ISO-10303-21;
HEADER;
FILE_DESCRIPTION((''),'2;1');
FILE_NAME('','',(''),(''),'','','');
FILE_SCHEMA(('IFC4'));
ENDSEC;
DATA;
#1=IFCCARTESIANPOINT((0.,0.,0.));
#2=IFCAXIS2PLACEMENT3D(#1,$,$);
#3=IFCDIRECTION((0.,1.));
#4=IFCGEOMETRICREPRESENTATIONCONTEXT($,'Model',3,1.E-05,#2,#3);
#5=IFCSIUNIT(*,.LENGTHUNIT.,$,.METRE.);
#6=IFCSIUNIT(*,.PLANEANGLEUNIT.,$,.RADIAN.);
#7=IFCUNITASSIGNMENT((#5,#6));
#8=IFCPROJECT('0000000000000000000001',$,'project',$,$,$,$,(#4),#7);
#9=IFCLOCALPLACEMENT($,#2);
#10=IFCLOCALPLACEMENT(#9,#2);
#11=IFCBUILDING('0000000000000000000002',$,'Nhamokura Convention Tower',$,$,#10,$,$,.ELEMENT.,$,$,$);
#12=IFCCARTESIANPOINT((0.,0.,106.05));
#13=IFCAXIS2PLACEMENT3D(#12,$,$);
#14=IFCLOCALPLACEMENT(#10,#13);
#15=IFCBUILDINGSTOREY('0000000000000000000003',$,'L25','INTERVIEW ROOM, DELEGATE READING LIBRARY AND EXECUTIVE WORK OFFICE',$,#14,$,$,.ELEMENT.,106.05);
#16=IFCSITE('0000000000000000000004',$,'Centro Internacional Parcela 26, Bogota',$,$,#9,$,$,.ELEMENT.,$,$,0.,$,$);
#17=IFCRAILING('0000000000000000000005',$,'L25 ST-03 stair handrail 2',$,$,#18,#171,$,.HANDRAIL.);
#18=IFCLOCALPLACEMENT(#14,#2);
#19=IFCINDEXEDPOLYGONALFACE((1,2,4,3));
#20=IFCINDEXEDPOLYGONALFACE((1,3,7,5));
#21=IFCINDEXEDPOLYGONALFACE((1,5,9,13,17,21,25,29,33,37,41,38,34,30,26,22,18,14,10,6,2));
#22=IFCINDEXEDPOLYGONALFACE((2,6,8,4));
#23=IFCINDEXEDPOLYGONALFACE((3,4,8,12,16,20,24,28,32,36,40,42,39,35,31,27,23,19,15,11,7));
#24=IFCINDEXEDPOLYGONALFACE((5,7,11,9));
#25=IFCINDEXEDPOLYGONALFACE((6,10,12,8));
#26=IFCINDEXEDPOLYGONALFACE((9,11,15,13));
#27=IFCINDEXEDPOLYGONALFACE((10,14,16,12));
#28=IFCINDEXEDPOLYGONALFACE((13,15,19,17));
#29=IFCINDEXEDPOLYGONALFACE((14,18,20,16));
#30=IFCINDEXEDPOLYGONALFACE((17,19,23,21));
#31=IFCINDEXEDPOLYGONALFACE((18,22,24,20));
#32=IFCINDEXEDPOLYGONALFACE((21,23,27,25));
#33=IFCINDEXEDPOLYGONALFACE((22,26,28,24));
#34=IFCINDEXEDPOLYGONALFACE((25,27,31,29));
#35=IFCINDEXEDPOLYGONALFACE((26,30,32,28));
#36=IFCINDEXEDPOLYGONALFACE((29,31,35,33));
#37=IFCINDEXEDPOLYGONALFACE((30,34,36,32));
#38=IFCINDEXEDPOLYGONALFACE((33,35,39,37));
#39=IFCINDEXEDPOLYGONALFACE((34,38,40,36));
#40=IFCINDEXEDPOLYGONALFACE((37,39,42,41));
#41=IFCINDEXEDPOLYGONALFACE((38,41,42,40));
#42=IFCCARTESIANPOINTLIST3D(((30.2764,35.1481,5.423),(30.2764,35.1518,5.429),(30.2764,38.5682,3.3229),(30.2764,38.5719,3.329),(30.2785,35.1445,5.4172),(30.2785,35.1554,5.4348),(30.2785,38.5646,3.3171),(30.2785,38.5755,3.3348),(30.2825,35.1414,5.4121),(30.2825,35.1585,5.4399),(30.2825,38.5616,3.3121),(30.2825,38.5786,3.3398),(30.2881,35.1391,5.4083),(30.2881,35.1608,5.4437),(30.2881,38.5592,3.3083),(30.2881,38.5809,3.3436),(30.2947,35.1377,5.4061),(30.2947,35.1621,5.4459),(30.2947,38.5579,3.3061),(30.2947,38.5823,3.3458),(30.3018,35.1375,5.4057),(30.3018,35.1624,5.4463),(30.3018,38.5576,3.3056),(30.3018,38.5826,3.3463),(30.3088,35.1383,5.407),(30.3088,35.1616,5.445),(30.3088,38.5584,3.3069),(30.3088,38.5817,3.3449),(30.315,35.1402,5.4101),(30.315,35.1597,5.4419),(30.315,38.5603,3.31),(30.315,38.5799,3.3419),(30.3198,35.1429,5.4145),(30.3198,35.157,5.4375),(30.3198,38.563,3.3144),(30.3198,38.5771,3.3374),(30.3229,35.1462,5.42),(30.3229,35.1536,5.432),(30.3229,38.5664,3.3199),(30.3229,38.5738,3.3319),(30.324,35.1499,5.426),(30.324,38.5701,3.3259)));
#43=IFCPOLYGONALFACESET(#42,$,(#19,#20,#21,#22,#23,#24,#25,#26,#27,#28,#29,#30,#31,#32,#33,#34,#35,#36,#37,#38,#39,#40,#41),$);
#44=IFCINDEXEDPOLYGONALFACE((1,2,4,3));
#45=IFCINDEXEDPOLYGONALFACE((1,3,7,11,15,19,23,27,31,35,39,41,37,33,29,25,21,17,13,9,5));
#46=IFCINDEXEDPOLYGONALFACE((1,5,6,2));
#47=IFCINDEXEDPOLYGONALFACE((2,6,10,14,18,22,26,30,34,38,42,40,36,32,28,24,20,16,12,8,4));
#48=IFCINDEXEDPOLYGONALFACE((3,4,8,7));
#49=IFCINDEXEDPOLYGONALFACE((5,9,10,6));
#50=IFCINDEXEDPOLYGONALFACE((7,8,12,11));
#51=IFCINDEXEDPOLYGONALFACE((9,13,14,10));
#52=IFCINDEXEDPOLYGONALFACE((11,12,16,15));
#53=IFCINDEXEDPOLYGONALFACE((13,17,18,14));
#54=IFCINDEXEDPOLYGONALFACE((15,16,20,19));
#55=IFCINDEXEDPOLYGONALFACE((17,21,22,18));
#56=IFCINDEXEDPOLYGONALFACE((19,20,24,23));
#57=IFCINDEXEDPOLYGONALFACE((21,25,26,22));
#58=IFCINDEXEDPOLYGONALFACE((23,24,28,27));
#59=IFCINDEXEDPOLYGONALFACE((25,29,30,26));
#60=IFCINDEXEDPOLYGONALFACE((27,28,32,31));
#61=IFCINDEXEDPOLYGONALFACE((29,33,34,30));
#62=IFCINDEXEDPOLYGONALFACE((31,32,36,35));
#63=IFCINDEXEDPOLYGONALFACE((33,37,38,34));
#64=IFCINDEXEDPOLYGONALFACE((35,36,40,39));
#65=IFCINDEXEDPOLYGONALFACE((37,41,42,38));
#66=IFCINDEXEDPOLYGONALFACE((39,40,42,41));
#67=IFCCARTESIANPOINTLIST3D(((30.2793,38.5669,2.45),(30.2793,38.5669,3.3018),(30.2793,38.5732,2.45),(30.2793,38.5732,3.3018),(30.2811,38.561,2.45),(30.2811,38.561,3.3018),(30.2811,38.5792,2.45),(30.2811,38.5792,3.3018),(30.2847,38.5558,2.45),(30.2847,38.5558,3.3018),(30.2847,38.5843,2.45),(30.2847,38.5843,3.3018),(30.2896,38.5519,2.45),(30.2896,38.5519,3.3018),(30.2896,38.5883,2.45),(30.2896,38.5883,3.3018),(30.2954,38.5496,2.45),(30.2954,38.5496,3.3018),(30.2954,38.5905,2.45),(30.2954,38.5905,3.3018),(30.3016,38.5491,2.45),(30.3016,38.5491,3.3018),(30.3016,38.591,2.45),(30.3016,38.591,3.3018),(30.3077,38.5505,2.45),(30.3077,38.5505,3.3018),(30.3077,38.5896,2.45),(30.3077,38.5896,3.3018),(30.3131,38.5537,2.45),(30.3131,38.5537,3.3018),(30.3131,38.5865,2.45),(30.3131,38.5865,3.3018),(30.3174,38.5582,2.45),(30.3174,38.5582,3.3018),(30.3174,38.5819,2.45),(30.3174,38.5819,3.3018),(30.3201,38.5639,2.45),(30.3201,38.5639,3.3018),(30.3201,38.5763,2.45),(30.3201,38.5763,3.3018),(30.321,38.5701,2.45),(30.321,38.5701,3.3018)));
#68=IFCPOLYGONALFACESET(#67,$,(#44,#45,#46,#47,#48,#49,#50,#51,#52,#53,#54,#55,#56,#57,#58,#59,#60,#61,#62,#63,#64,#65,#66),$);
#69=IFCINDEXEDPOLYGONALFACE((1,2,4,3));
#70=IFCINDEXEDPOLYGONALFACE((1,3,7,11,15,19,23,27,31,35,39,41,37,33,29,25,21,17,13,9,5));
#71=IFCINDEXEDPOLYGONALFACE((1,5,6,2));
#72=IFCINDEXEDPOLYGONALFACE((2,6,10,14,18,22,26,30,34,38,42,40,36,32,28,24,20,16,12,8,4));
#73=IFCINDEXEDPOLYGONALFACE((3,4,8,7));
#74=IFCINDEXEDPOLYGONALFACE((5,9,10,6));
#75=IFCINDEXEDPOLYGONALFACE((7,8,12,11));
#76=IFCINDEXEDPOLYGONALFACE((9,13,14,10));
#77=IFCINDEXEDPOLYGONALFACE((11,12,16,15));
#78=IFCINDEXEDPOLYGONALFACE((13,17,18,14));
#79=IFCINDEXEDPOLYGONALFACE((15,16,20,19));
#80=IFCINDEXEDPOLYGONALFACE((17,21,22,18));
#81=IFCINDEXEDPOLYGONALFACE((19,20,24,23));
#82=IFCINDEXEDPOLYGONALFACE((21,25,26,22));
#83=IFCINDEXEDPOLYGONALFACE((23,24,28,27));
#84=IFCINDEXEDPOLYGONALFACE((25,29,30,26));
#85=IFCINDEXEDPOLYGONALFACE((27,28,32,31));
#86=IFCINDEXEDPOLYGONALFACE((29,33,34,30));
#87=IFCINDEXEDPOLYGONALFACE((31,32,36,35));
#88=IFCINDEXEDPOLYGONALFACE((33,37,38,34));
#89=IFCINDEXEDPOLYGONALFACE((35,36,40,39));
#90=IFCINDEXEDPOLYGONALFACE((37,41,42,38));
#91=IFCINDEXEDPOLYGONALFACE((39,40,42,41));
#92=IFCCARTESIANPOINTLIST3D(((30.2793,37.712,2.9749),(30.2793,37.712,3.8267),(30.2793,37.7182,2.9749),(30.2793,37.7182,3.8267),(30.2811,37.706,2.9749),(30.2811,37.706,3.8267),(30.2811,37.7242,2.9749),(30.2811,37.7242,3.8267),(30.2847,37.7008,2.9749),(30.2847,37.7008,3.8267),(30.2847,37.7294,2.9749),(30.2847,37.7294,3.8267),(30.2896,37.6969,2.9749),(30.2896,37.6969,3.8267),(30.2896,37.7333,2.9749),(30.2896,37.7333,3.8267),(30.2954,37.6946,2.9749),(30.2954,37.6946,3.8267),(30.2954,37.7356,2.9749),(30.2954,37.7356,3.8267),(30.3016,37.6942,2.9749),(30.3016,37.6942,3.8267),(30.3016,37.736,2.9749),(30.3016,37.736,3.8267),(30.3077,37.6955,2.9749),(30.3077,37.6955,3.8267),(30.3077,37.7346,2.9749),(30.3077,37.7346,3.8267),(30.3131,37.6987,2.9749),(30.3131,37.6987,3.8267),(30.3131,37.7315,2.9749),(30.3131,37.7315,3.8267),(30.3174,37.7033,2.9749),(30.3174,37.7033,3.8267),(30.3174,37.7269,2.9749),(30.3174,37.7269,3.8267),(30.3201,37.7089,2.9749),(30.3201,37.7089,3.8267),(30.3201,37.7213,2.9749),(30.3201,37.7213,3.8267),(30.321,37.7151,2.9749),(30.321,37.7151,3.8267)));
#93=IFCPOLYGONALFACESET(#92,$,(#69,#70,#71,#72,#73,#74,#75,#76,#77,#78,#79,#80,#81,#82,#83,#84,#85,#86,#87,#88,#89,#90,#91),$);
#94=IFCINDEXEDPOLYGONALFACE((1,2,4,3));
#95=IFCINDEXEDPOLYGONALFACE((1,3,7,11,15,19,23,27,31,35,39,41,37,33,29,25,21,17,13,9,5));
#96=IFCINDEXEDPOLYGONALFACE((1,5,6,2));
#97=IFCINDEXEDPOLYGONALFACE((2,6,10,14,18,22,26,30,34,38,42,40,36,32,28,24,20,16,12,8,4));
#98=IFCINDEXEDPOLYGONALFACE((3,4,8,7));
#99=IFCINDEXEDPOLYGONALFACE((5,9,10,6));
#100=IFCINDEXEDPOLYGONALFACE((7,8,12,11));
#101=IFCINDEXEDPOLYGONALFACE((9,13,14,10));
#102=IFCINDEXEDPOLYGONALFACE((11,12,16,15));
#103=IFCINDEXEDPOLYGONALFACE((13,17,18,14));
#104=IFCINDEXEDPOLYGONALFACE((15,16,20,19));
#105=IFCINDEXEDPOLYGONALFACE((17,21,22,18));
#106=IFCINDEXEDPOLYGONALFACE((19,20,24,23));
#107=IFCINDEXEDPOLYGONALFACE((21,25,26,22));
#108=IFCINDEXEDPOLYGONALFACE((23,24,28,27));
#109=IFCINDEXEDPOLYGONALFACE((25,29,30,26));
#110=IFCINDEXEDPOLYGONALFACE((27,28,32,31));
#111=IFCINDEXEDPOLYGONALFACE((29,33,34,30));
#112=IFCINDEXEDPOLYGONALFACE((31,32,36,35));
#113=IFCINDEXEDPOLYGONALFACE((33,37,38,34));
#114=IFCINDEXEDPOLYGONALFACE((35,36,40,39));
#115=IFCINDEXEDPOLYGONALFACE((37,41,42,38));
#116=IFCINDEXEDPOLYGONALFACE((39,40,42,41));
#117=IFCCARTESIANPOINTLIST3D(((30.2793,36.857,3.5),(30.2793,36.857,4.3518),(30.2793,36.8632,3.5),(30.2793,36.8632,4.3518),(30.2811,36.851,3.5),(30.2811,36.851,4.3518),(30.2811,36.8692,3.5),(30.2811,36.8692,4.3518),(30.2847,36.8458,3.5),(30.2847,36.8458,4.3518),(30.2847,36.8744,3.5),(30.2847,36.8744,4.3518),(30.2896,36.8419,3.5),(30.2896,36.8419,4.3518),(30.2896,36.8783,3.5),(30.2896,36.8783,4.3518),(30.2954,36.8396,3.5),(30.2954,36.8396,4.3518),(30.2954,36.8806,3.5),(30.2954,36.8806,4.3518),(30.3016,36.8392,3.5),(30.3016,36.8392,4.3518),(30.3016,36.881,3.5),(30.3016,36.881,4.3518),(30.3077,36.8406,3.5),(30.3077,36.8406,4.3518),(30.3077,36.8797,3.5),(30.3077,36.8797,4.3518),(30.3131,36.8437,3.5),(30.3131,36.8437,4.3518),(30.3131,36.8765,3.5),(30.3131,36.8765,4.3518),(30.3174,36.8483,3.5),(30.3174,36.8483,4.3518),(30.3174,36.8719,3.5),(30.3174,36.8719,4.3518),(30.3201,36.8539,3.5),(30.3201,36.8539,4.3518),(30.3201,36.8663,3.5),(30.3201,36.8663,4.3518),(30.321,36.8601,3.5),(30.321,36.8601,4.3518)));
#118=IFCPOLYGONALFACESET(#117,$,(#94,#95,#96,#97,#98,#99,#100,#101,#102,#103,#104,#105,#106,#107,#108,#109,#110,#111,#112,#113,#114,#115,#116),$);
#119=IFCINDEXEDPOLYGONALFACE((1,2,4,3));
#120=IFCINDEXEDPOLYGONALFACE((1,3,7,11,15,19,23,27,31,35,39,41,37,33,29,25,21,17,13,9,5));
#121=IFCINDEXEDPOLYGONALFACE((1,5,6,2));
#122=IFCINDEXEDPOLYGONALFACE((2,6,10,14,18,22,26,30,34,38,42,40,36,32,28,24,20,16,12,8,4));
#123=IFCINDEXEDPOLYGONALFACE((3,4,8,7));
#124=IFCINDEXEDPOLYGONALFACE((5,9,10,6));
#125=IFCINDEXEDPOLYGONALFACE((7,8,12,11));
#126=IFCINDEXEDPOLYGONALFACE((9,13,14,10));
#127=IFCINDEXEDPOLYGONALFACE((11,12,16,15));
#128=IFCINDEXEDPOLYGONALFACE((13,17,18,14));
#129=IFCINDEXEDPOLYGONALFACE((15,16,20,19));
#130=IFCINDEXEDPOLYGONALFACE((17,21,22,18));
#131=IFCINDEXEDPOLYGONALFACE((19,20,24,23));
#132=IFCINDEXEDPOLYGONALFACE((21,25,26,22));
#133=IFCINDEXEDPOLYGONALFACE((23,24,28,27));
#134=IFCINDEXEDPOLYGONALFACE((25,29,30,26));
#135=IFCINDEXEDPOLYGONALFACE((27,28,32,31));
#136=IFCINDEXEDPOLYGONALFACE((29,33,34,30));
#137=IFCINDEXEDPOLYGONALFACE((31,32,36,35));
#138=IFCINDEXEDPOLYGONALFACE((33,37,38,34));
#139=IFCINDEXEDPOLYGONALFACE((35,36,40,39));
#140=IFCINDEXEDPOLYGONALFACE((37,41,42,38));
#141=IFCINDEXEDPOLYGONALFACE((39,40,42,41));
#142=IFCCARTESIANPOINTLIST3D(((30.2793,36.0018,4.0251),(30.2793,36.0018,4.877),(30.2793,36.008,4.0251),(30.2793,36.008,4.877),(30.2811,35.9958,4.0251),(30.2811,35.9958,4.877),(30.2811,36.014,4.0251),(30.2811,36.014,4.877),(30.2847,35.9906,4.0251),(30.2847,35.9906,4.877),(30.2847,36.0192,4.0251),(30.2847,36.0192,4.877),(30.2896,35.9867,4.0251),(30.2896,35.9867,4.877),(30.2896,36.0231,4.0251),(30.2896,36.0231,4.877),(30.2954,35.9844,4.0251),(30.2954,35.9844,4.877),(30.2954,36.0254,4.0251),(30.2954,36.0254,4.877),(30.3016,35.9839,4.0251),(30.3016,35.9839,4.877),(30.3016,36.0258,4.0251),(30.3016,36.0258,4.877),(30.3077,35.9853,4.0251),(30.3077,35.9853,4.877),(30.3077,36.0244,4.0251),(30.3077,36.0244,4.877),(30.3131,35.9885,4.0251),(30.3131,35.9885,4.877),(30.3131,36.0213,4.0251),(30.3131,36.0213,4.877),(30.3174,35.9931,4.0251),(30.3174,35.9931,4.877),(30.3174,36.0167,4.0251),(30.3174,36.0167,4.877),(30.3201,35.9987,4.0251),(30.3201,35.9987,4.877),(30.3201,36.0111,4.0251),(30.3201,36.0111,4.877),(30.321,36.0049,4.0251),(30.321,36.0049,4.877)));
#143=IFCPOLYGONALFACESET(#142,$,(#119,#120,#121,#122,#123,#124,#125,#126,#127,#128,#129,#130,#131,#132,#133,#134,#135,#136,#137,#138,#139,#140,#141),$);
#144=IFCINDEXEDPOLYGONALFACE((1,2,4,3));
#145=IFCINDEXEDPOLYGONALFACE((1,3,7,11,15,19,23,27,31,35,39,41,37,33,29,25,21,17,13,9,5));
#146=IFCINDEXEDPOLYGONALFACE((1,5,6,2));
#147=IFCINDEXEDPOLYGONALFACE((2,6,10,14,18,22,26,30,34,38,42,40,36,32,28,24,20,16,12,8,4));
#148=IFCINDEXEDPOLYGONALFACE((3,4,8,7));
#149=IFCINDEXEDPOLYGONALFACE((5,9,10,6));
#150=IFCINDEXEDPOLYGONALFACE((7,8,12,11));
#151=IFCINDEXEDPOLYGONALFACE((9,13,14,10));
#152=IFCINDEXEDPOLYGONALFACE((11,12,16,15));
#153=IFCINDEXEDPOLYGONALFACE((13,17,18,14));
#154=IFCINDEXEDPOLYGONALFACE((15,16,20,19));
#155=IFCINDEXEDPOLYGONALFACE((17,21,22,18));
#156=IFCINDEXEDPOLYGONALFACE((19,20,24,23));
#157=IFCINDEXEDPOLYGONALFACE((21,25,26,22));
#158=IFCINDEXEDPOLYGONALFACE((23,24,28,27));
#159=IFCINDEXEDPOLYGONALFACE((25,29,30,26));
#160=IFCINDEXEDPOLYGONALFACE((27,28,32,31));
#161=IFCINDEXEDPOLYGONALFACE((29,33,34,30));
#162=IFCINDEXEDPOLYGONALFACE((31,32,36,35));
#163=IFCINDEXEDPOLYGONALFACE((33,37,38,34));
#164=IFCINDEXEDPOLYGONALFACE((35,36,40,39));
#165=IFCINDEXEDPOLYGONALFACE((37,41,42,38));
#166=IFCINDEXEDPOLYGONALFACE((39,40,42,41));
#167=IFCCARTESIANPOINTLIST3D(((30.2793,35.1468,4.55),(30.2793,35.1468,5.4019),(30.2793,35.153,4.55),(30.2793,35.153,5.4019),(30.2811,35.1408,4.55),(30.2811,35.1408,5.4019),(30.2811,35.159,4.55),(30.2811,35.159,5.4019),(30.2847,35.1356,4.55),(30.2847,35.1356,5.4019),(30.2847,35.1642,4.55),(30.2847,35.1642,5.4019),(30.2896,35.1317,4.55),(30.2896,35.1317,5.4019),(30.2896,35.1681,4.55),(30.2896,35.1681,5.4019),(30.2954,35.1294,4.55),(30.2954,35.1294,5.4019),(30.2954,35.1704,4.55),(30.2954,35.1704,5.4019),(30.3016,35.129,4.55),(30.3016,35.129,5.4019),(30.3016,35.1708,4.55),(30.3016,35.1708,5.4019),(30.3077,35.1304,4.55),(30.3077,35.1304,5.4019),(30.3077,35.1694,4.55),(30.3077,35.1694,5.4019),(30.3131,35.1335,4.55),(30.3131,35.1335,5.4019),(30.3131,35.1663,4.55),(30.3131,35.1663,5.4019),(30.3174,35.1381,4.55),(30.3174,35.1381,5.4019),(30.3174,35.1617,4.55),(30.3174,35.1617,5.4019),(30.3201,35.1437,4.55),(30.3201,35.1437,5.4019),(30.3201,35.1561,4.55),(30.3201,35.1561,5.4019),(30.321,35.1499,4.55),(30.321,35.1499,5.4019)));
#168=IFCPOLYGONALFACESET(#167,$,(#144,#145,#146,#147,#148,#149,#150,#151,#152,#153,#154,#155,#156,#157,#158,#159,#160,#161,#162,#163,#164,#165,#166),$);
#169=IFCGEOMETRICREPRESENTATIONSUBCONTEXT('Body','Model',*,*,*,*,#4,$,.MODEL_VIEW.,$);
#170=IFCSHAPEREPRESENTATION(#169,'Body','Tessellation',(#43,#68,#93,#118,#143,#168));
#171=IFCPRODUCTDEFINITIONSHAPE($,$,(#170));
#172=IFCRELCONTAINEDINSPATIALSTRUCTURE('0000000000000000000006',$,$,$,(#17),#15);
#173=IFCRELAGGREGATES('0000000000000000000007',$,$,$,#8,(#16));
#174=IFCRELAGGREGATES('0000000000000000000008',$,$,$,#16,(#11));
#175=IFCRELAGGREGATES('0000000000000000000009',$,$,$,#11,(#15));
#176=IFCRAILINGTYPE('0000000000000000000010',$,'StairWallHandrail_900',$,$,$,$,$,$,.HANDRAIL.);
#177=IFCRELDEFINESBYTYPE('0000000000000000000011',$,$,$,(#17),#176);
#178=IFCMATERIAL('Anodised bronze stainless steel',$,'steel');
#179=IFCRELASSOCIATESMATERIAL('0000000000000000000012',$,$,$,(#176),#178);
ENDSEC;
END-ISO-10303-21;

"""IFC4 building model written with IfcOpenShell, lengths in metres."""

from ifc_helpers import new_model, si_unit, direction, frame, origin, origin_2d, place, context, subcontext, project, spatial, circle, extrude, material, type_object, element, save


model = new_model("IFC4")

# Units and contexts
model_context = context("Model", 3, precision=1e-05, world=origin(), true_north=direction((0.0, 1.0)))
body_context = subcontext(model_context, "Body", "Model", "MODEL_VIEW")
ifc_project = project(units=[si_unit("LENGTHUNIT", "METRE"), si_unit("PLANEANGLEUNIT", "RADIAN")], contexts=[model_context])

# Site, building, storey
site_placement = place(None, origin())
site = spatial("IfcSite", under=ifc_project, at=site_placement, Name="Centro Internacional Parcela 26, Bogota", CompositionType="ELEMENT", RefElevation=0.0)
building_placement = place(site_placement, origin())
building = spatial("IfcBuilding", under=site, at=building_placement, Name="Nhamokura Convention Tower", CompositionType="ELEMENT")
storey_placement = place(building_placement, frame((0.0, 0.0, 106.05)))
storey = spatial("IfcBuildingStorey", under=building, at=storey_placement, Name="L25", Description="INTERVIEW ROOM, DELEGATE READING LIBRARY AND EXECUTIVE WORK OFFICE", CompositionType="ELEMENT", Elevation=106.05)

# Railing
ifc_material_1 = material(Name="Anodised bronze stainless steel", Category="steel")
railing_type_1 = type_object("IfcRailingType", Name="StairWallHandrail_900", PredefinedType="HANDRAIL", material=ifc_material_1)
railing_1_placement = place(storey_placement, frame((30.3, 38.5701, 2.45)))
element("IfcRailing", 1, at=railing_1_placement, inside=storey, type_object=railing_type_1, Name="L25 ST-03 stair handrail 2", PredefinedType="HANDRAIL", context=body_context, shape_type="SweptSolid", body=[
    extrude(circle(Radius=0.0239, at=origin_2d()), frame((0.0, 0.0, 0.876), z_axis=(0.0, -0.852172, 0.523262), x_axis=(1.0, 0.0, 0.0)), (0.0, 0.0, 1.0), 4.0134),
    extrude(circle(Radius=0.021, at=origin_2d()), origin(), (0.0, 0.0, 1.0), 0.8518),
    extrude(circle(Radius=0.021, at=origin_2d()), frame((0.0, -0.855, 0.5249)), (0.0, 0.0, 1.0), 0.8518),
    extrude(circle(Radius=0.021, at=origin_2d()), frame((0.0, -1.71, 1.05)), (0.0, 0.0, 1.0), 0.8518),
    extrude(circle(Radius=0.021, at=origin_2d()), frame((0.0, -2.5652, 1.5752)), (0.0, 0.0, 1.0), 0.8518),
    extrude(circle(Radius=0.021, at=origin_2d()), frame((0.0, -3.4202, 2.1001)), (0.0, 0.0, 1.0), 0.8518),
])

save(model, "model.ifc")
